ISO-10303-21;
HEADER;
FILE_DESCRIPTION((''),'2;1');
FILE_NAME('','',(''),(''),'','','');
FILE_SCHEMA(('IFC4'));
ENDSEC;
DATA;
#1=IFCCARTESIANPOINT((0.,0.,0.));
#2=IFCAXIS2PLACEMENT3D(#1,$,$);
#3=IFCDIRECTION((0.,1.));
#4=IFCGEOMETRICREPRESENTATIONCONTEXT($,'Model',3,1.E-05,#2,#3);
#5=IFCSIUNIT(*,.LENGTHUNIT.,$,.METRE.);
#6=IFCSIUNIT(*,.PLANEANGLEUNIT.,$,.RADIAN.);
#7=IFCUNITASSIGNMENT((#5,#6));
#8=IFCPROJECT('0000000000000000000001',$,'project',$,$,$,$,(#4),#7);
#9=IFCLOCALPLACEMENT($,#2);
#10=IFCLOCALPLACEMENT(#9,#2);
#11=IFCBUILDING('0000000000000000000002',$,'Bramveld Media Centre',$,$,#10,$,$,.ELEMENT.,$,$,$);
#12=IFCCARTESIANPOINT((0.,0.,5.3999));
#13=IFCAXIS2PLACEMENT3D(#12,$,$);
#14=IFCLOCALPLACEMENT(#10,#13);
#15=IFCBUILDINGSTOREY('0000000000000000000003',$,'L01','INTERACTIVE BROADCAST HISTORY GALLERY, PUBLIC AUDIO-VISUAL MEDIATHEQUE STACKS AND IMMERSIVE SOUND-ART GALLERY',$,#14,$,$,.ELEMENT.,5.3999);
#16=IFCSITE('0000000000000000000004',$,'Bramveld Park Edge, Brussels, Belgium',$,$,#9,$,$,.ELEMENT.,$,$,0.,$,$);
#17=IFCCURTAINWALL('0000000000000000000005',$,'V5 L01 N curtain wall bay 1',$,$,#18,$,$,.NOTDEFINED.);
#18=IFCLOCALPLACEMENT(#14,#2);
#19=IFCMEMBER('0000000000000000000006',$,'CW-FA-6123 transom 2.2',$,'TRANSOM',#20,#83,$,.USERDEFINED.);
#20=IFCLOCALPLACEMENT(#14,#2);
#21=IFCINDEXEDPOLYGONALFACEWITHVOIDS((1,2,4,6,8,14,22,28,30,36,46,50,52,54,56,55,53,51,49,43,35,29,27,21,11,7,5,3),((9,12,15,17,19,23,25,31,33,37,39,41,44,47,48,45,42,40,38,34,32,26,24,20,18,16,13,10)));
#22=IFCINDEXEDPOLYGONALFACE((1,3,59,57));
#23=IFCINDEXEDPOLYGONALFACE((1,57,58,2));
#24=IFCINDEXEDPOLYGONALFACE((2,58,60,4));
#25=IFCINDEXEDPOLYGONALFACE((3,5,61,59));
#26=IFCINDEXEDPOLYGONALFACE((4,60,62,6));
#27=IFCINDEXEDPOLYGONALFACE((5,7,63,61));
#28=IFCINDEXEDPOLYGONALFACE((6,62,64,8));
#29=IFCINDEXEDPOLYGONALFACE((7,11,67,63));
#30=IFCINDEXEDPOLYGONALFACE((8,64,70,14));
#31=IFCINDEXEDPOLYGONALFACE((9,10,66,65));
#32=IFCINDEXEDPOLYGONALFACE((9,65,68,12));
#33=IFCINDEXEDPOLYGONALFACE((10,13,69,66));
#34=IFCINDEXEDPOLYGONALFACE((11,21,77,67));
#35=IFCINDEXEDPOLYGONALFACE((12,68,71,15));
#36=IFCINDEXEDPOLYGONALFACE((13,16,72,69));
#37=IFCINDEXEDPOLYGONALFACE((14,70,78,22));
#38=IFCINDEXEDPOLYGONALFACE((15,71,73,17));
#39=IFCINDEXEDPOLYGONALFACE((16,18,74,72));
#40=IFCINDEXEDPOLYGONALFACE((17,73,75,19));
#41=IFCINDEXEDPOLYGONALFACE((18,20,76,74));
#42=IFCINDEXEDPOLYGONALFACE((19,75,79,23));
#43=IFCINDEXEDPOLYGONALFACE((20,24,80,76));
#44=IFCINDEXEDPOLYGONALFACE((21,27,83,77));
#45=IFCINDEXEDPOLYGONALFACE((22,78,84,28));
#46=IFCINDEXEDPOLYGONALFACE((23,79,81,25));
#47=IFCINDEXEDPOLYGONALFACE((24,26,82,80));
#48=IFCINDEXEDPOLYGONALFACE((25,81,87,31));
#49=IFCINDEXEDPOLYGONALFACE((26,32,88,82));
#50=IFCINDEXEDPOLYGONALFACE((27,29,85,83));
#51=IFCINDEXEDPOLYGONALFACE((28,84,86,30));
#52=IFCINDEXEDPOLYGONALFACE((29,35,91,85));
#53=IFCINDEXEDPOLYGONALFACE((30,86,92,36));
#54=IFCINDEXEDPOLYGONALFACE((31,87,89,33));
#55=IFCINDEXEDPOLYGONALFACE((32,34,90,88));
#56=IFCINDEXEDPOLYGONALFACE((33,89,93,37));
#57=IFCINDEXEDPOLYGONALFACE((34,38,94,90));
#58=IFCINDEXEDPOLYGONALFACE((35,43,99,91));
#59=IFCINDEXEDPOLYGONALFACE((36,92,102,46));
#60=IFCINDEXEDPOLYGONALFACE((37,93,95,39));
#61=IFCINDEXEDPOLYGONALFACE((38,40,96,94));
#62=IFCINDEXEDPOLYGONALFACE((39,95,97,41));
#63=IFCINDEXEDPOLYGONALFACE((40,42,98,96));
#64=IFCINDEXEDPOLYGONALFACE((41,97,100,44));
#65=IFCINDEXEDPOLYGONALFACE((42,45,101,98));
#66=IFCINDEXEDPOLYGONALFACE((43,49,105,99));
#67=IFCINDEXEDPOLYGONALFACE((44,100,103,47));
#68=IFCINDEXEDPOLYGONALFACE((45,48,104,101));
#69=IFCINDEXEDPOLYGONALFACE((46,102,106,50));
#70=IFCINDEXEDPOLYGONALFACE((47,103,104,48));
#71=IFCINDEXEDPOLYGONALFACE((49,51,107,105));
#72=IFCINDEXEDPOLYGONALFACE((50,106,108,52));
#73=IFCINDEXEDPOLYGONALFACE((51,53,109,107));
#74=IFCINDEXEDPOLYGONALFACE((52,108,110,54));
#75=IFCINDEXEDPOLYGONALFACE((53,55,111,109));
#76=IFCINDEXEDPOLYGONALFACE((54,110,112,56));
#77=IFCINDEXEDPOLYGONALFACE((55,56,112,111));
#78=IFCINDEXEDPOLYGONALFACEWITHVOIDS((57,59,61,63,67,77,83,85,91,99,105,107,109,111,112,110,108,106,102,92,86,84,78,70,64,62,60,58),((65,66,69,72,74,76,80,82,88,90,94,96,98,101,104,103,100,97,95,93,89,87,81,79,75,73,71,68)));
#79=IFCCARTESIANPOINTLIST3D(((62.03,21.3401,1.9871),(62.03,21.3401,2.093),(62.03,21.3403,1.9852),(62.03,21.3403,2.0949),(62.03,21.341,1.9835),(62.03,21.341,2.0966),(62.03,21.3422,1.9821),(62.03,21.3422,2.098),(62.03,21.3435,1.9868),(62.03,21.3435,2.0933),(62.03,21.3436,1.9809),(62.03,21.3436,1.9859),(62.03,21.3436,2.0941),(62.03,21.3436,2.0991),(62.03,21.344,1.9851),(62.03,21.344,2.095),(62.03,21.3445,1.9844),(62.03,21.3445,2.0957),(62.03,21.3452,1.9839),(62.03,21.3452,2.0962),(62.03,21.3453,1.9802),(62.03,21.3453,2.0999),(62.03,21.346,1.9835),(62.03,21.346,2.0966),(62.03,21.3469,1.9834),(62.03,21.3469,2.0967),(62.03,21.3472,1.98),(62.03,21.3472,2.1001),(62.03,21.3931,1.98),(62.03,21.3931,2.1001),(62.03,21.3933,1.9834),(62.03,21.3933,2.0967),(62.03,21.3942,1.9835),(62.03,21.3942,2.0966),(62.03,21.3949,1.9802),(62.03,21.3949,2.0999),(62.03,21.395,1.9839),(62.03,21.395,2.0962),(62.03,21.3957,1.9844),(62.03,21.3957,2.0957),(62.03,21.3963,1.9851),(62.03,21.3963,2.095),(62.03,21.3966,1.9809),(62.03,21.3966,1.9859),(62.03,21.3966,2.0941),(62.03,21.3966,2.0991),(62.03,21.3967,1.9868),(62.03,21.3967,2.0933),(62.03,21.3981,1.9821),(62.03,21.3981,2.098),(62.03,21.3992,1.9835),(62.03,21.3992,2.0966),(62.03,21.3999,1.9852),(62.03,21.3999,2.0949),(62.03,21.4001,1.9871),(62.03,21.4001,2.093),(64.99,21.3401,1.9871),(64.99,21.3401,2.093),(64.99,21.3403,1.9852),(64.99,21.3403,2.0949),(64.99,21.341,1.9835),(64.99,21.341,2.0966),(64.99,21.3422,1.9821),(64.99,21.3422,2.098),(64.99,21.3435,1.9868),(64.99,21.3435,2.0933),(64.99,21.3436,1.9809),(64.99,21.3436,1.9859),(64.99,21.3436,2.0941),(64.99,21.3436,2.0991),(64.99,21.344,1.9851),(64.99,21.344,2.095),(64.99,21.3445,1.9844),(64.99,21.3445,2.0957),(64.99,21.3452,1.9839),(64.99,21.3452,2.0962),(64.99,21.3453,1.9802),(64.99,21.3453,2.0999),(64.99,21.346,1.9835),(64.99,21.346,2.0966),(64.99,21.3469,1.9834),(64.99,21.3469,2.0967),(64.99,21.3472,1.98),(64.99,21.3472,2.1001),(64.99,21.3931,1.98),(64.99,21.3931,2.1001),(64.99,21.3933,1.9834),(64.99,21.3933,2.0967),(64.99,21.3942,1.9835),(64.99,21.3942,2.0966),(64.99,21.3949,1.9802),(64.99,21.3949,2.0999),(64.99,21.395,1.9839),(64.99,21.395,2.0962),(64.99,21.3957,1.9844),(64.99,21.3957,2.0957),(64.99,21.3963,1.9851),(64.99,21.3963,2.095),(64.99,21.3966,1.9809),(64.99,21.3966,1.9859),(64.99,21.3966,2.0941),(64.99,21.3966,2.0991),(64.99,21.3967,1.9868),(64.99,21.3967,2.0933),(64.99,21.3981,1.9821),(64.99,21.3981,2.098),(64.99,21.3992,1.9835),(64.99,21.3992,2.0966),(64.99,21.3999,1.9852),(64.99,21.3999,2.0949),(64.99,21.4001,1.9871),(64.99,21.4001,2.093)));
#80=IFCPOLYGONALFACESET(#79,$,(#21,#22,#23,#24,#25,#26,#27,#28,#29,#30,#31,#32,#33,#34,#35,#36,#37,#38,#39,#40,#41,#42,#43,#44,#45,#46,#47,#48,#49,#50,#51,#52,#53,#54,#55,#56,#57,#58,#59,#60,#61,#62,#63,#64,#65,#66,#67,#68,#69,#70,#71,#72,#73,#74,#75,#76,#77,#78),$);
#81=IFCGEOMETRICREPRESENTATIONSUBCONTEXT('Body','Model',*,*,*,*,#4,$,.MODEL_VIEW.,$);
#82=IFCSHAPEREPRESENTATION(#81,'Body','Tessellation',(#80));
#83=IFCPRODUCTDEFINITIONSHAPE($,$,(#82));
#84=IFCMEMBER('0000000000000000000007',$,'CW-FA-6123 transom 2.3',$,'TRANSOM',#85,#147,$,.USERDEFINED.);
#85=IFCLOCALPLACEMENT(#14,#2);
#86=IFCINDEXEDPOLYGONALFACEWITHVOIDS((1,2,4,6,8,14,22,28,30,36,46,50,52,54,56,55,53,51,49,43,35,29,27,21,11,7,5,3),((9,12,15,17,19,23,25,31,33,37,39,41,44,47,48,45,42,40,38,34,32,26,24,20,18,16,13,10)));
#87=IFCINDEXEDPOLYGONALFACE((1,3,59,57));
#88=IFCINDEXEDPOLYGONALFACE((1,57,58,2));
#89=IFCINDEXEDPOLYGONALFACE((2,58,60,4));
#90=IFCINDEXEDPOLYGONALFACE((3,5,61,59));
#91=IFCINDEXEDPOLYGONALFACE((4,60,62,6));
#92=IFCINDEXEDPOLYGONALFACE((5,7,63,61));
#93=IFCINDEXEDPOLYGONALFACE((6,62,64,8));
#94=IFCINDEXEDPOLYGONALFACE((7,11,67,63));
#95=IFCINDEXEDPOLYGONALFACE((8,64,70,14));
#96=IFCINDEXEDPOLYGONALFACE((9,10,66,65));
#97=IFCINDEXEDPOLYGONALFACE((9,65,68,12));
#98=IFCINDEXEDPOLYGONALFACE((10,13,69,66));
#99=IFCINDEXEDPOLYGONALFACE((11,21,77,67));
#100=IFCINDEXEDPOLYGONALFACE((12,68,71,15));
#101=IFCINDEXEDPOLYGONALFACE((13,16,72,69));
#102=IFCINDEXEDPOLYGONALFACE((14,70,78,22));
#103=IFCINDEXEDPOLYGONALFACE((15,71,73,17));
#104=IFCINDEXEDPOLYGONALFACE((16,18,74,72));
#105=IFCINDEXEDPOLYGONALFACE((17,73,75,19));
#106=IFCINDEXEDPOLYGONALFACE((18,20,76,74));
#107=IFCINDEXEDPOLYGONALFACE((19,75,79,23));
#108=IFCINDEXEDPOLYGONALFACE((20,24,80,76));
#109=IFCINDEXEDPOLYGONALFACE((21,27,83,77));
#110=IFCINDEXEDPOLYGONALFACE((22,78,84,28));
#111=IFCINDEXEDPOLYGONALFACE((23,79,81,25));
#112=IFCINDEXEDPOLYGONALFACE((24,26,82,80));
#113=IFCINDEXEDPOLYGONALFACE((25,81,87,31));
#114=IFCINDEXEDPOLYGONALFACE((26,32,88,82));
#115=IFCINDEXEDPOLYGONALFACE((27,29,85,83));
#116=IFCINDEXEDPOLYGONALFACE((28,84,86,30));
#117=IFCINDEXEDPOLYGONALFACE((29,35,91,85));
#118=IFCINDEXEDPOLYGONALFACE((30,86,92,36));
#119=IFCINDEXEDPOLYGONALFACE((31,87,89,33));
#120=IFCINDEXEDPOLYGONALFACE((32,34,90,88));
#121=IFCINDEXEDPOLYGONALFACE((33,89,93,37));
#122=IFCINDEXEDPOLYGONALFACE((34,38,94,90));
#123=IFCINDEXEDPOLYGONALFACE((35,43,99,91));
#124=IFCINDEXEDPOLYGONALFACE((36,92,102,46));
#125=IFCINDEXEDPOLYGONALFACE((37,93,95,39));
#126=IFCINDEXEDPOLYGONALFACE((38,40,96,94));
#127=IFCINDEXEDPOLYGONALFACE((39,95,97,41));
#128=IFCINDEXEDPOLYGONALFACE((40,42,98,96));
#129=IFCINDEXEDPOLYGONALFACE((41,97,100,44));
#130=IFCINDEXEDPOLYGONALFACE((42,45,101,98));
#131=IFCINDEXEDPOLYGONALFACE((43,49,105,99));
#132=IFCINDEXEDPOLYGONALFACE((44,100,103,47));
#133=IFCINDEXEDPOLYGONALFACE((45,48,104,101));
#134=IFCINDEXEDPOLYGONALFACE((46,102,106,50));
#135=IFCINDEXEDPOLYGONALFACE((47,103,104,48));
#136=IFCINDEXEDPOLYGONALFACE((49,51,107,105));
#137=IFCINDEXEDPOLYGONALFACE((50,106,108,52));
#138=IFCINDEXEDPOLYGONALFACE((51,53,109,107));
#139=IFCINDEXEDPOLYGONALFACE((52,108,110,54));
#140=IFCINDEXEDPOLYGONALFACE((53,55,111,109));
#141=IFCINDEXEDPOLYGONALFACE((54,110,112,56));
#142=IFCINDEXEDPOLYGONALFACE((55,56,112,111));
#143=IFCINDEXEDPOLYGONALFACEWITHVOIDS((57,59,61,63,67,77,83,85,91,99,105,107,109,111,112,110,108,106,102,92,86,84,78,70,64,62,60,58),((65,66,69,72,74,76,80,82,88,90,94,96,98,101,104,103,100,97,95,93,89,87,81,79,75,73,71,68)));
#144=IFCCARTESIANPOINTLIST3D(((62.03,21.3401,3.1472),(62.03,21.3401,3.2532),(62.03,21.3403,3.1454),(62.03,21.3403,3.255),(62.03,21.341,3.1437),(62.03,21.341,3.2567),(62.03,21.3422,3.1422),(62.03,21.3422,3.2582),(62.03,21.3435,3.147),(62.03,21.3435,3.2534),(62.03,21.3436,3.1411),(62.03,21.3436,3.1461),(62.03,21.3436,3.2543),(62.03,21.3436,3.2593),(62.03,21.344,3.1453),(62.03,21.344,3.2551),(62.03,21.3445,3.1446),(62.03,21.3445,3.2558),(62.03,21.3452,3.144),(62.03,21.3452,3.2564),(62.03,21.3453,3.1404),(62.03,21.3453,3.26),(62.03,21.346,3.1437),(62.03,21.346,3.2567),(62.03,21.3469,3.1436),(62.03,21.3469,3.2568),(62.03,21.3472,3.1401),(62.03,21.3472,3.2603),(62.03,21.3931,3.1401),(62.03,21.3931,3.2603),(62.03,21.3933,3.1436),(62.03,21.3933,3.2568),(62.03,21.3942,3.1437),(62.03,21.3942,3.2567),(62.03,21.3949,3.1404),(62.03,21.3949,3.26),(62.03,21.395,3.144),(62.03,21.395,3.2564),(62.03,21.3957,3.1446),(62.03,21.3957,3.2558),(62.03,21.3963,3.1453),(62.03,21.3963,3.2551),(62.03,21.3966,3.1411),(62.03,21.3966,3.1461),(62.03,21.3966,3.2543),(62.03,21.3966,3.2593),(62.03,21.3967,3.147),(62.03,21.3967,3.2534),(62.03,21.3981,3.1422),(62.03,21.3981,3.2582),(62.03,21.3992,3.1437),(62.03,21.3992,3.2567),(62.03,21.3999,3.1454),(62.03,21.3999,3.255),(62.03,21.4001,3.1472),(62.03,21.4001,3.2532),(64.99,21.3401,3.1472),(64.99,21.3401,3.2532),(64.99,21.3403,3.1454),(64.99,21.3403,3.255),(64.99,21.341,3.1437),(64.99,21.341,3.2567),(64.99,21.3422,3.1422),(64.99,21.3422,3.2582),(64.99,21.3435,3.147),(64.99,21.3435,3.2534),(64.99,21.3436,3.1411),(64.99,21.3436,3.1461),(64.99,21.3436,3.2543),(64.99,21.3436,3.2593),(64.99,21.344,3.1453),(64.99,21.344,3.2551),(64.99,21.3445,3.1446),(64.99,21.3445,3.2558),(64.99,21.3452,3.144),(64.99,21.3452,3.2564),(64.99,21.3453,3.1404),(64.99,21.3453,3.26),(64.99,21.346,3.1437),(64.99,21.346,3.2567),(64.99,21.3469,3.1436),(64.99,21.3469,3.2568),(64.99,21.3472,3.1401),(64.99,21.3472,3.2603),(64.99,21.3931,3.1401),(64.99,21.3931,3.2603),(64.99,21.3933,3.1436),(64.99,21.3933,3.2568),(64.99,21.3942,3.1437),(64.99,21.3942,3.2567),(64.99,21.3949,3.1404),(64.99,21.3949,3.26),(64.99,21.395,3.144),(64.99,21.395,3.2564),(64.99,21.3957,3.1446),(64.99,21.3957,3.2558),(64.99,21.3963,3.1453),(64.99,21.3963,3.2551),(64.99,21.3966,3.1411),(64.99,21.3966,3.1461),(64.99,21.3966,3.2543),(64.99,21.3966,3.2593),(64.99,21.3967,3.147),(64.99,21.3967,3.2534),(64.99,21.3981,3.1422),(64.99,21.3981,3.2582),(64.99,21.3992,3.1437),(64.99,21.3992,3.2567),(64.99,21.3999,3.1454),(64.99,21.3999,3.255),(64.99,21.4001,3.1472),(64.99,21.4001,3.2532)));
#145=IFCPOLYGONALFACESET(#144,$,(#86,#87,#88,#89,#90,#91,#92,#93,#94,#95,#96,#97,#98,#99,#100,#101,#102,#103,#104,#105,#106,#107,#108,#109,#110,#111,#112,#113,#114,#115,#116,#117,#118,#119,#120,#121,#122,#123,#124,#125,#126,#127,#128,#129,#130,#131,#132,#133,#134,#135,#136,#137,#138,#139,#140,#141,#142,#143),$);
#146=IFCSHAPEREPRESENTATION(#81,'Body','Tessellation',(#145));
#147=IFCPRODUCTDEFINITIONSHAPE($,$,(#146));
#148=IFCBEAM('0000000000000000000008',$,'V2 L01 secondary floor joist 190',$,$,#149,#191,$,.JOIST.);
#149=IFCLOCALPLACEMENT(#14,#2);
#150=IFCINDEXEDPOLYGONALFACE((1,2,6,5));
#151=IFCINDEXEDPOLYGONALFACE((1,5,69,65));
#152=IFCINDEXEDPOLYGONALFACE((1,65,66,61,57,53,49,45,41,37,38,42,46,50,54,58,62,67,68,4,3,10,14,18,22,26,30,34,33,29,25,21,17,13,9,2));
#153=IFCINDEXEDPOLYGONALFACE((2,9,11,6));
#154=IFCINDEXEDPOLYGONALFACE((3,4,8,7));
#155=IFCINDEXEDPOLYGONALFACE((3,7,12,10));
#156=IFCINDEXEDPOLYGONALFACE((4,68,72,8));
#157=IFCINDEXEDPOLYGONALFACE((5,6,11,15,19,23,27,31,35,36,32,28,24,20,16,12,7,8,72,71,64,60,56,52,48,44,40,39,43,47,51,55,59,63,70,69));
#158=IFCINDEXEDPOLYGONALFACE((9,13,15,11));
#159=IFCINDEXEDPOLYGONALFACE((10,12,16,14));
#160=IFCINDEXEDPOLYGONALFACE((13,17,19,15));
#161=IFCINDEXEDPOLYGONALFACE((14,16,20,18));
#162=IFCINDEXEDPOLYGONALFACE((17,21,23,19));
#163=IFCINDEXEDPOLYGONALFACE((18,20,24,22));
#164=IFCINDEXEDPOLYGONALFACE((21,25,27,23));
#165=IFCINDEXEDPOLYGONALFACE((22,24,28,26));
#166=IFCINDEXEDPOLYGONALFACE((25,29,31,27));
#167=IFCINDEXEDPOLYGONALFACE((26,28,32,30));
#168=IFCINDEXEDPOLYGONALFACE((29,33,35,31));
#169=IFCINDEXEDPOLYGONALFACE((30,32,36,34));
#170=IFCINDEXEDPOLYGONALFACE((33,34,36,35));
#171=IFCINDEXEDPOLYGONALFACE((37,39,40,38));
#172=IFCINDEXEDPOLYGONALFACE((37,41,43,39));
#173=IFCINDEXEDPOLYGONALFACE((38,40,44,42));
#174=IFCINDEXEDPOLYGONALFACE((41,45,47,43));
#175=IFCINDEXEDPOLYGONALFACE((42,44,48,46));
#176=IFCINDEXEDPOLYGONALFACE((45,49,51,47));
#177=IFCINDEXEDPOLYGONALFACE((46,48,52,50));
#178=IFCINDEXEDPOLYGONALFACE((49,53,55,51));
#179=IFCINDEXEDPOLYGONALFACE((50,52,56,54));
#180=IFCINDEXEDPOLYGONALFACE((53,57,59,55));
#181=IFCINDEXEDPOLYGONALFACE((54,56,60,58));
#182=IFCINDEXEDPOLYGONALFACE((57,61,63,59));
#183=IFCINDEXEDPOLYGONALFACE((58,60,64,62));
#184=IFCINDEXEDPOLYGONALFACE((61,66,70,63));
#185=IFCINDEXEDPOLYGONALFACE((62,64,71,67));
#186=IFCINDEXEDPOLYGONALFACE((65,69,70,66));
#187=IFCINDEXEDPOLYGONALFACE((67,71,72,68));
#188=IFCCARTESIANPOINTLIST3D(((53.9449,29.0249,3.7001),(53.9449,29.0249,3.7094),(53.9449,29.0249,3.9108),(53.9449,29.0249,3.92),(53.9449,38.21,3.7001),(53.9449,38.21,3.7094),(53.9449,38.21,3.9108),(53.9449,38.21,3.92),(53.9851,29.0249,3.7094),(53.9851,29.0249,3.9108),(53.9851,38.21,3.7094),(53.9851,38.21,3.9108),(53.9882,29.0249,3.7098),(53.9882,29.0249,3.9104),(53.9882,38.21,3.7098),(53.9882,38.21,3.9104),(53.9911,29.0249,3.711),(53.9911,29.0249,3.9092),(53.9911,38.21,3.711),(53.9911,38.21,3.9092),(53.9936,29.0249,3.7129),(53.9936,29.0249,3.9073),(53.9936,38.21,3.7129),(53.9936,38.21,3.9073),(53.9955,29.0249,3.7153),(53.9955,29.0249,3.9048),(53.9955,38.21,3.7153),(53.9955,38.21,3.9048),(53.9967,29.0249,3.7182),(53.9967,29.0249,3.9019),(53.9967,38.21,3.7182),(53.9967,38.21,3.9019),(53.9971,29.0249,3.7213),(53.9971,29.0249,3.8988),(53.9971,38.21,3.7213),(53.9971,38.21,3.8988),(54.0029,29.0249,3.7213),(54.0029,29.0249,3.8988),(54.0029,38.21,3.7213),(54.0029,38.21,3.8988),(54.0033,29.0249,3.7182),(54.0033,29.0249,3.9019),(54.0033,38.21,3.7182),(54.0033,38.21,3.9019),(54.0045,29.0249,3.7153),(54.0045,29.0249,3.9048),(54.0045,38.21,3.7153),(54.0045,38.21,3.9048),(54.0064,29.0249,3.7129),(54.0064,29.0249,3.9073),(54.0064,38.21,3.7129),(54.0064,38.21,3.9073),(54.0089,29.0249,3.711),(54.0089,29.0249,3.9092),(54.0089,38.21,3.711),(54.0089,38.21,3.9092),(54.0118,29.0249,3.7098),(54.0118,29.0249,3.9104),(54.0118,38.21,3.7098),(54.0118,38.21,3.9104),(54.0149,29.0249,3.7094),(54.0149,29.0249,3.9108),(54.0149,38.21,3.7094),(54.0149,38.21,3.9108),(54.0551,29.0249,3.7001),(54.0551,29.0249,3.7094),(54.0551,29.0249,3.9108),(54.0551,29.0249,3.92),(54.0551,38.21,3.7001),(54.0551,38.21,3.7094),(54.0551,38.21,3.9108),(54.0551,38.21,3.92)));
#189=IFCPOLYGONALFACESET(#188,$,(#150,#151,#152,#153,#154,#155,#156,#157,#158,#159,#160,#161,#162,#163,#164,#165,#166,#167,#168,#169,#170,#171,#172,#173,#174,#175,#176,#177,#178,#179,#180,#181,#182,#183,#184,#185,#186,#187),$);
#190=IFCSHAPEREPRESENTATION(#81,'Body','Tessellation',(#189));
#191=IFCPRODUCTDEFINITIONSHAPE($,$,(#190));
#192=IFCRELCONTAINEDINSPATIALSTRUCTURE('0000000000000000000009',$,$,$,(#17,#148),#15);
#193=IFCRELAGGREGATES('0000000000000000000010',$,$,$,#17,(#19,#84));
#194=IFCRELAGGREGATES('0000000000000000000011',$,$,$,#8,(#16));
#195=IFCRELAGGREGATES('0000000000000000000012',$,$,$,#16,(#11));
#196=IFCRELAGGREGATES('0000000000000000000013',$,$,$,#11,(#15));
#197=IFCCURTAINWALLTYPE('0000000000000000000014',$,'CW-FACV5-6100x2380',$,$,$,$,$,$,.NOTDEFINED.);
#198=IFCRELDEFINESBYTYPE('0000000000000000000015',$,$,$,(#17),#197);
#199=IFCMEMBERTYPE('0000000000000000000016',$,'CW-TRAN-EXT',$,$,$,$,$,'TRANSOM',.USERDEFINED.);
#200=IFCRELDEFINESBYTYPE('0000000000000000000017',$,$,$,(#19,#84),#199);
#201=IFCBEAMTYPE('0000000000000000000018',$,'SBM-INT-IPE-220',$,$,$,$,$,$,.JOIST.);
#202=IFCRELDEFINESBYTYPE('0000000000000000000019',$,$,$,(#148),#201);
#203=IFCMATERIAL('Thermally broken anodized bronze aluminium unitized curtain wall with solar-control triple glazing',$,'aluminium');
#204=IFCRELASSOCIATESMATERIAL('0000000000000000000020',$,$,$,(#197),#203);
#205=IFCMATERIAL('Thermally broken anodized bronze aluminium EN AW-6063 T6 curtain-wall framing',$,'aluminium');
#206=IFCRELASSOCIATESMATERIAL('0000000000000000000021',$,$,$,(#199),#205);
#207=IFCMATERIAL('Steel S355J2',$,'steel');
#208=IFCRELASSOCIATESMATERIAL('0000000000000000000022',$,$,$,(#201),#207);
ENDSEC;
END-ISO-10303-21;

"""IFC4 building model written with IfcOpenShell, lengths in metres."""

from ifc_helpers import new_model, si_unit, direction, frame, origin, origin_2d, place, context, subcontext, project, spatial, hollow_rectangle, i_section, extrude, material, material_profile, profile_set, type_object, element, aggregate, save


model = new_model("IFC4")

# Units and contexts
model_context = context("Model", 3, precision=1e-05, world=origin(), true_north=direction((0.0, 1.0)))
body_context = subcontext(model_context, "Body", "Model", "MODEL_VIEW")
ifc_project = project(units=[si_unit("LENGTHUNIT", "METRE"), si_unit("PLANEANGLEUNIT", "RADIAN")], contexts=[model_context])

# Site, building, storey
site_placement = place(None, origin())
site = spatial("IfcSite", under=ifc_project, at=site_placement, Name="Bramveld Park Edge, Brussels, Belgium", CompositionType="ELEMENT", RefElevation=0.0)
building_placement = place(site_placement, origin())
building = spatial("IfcBuilding", under=site, at=building_placement, Name="Bramveld Media Centre", CompositionType="ELEMENT")
storey_placement = place(building_placement, frame((0.0, 0.0, 5.3999)))
storey = spatial("IfcBuildingStorey", under=building, at=storey_placement, Name="L01", Description="INTERACTIVE BROADCAST HISTORY GALLERY, PUBLIC AUDIO-VISUAL MEDIATHEQUE STACKS AND IMMERSIVE SOUND-ART GALLERY", CompositionType="ELEMENT", Elevation=5.3999)

# Curtain wall, members
ifc_material_1 = material(Name="Thermally broken anodized bronze aluminium unitized curtain wall with solar-control triple glazing", Category="aluminium")
curtain_wall_type = type_object("IfcCurtainWallType", Name="CW-FACV5-6100x2380", PredefinedType="NOTDEFINED", material=ifc_material_1)
curtain_wall_placement = place(storey_placement, origin())
curtain_wall = element("IfcCurtainWall", 1, at=curtain_wall_placement, inside=storey, type_object=curtain_wall_type, Name="V5 L01 N curtain wall bay 1", PredefinedType="NOTDEFINED")
ifc_material_2 = material(Name="Thermally broken anodized bronze aluminium EN AW-6063 T6 curtain-wall framing", Category="aluminium")
ifc_material_profile_1 = material_profile(ifc_material_2, hollow_rectangle(XDim=0.0601, YDim=0.1201, WallThickness=0.0034, InnerFilletRadius=0.0034, OuterFilletRadius=0.0071, at=origin_2d()), Name="AL-TRAN 60x120")
ifc_profile_set_1 = profile_set([ifc_material_profile_1], Name="Thermally broken anodized bronze aluminium EN AW-6063 T6 curtain-wall framing")
member_type_1 = type_object("IfcMemberType", Name="CW-TRAN-EXT", ElementType="TRANSOM", PredefinedType="USERDEFINED", material=ifc_profile_set_1)
member_1_placement = place(storey_placement, frame((62.03, 21.3701, 2.04), z_axis=(1.0, 0.0, 0.0), x_axis=(0.0, 1.0, 0.0)))
member_1 = element("IfcMember", 2, at=member_1_placement, type_object=member_type_1, Name="CW-FA-6123 transom 2.2", ObjectType="TRANSOM", PredefinedType="USERDEFINED", context=body_context, shape_type="SweptSolid", body=[
    extrude(hollow_rectangle(XDim=0.0601, YDim=0.1201, WallThickness=0.0034, InnerFilletRadius=0.0034, OuterFilletRadius=0.0071, at=origin_2d()), origin(), (0.0, 0.0, 1.0), 2.96),
])
member_2_placement = place(storey_placement, frame((62.03, 21.3701, 3.2002), z_axis=(1.0, 0.0, 0.0), x_axis=(0.0, 1.0, 0.0)))
member_2 = element("IfcMember", 3, at=member_2_placement, type_object=member_type_1, Name="CW-FA-6123 transom 2.3", ObjectType="TRANSOM", PredefinedType="USERDEFINED", context=body_context, shape_type="SweptSolid", body=[
    extrude(hollow_rectangle(XDim=0.0601, YDim=0.1201, WallThickness=0.0034, InnerFilletRadius=0.0034, OuterFilletRadius=0.0071, at=origin_2d()), origin(), (0.0, 0.0, 1.0), 2.96),
])

# Beam
ifc_material_3 = material(Name="Steel S355J2", Category="steel")
ifc_material_profile_2 = material_profile(ifc_material_3, i_section(OverallWidth=0.1101, OverallDepth=0.22, WebThickness=0.0059, FlangeThickness=0.0093, FilletRadius=0.012, at=origin_2d()), Name="IPE 220")
ifc_profile_set_2 = profile_set([ifc_material_profile_2], Name="Steel S355J2")
beam_type_1 = type_object("IfcBeamType", Name="SBM-INT-IPE-220", PredefinedType="JOIST", material=ifc_profile_set_2)
beam_1_placement = place(storey_placement, frame((54.0, 29.0249, 3.8101), z_axis=(0.0, 1.0, 0.0), x_axis=(-1.0, 0.0, 0.0)))
element("IfcBeam", 4, at=beam_1_placement, inside=storey, type_object=beam_type_1, Name="V2 L01 secondary floor joist 190", PredefinedType="JOIST", context=body_context, shape_type="SweptSolid", body=[
    extrude(i_section(OverallWidth=0.1101, OverallDepth=0.22, WebThickness=0.0059, FlangeThickness=0.0093, FilletRadius=0.012, at=origin_2d()), origin(), (0.0, 0.0, 1.0), 9.1851),
])

aggregate(curtain_wall, [member_1, member_2])

save(model, "model.ifc")
